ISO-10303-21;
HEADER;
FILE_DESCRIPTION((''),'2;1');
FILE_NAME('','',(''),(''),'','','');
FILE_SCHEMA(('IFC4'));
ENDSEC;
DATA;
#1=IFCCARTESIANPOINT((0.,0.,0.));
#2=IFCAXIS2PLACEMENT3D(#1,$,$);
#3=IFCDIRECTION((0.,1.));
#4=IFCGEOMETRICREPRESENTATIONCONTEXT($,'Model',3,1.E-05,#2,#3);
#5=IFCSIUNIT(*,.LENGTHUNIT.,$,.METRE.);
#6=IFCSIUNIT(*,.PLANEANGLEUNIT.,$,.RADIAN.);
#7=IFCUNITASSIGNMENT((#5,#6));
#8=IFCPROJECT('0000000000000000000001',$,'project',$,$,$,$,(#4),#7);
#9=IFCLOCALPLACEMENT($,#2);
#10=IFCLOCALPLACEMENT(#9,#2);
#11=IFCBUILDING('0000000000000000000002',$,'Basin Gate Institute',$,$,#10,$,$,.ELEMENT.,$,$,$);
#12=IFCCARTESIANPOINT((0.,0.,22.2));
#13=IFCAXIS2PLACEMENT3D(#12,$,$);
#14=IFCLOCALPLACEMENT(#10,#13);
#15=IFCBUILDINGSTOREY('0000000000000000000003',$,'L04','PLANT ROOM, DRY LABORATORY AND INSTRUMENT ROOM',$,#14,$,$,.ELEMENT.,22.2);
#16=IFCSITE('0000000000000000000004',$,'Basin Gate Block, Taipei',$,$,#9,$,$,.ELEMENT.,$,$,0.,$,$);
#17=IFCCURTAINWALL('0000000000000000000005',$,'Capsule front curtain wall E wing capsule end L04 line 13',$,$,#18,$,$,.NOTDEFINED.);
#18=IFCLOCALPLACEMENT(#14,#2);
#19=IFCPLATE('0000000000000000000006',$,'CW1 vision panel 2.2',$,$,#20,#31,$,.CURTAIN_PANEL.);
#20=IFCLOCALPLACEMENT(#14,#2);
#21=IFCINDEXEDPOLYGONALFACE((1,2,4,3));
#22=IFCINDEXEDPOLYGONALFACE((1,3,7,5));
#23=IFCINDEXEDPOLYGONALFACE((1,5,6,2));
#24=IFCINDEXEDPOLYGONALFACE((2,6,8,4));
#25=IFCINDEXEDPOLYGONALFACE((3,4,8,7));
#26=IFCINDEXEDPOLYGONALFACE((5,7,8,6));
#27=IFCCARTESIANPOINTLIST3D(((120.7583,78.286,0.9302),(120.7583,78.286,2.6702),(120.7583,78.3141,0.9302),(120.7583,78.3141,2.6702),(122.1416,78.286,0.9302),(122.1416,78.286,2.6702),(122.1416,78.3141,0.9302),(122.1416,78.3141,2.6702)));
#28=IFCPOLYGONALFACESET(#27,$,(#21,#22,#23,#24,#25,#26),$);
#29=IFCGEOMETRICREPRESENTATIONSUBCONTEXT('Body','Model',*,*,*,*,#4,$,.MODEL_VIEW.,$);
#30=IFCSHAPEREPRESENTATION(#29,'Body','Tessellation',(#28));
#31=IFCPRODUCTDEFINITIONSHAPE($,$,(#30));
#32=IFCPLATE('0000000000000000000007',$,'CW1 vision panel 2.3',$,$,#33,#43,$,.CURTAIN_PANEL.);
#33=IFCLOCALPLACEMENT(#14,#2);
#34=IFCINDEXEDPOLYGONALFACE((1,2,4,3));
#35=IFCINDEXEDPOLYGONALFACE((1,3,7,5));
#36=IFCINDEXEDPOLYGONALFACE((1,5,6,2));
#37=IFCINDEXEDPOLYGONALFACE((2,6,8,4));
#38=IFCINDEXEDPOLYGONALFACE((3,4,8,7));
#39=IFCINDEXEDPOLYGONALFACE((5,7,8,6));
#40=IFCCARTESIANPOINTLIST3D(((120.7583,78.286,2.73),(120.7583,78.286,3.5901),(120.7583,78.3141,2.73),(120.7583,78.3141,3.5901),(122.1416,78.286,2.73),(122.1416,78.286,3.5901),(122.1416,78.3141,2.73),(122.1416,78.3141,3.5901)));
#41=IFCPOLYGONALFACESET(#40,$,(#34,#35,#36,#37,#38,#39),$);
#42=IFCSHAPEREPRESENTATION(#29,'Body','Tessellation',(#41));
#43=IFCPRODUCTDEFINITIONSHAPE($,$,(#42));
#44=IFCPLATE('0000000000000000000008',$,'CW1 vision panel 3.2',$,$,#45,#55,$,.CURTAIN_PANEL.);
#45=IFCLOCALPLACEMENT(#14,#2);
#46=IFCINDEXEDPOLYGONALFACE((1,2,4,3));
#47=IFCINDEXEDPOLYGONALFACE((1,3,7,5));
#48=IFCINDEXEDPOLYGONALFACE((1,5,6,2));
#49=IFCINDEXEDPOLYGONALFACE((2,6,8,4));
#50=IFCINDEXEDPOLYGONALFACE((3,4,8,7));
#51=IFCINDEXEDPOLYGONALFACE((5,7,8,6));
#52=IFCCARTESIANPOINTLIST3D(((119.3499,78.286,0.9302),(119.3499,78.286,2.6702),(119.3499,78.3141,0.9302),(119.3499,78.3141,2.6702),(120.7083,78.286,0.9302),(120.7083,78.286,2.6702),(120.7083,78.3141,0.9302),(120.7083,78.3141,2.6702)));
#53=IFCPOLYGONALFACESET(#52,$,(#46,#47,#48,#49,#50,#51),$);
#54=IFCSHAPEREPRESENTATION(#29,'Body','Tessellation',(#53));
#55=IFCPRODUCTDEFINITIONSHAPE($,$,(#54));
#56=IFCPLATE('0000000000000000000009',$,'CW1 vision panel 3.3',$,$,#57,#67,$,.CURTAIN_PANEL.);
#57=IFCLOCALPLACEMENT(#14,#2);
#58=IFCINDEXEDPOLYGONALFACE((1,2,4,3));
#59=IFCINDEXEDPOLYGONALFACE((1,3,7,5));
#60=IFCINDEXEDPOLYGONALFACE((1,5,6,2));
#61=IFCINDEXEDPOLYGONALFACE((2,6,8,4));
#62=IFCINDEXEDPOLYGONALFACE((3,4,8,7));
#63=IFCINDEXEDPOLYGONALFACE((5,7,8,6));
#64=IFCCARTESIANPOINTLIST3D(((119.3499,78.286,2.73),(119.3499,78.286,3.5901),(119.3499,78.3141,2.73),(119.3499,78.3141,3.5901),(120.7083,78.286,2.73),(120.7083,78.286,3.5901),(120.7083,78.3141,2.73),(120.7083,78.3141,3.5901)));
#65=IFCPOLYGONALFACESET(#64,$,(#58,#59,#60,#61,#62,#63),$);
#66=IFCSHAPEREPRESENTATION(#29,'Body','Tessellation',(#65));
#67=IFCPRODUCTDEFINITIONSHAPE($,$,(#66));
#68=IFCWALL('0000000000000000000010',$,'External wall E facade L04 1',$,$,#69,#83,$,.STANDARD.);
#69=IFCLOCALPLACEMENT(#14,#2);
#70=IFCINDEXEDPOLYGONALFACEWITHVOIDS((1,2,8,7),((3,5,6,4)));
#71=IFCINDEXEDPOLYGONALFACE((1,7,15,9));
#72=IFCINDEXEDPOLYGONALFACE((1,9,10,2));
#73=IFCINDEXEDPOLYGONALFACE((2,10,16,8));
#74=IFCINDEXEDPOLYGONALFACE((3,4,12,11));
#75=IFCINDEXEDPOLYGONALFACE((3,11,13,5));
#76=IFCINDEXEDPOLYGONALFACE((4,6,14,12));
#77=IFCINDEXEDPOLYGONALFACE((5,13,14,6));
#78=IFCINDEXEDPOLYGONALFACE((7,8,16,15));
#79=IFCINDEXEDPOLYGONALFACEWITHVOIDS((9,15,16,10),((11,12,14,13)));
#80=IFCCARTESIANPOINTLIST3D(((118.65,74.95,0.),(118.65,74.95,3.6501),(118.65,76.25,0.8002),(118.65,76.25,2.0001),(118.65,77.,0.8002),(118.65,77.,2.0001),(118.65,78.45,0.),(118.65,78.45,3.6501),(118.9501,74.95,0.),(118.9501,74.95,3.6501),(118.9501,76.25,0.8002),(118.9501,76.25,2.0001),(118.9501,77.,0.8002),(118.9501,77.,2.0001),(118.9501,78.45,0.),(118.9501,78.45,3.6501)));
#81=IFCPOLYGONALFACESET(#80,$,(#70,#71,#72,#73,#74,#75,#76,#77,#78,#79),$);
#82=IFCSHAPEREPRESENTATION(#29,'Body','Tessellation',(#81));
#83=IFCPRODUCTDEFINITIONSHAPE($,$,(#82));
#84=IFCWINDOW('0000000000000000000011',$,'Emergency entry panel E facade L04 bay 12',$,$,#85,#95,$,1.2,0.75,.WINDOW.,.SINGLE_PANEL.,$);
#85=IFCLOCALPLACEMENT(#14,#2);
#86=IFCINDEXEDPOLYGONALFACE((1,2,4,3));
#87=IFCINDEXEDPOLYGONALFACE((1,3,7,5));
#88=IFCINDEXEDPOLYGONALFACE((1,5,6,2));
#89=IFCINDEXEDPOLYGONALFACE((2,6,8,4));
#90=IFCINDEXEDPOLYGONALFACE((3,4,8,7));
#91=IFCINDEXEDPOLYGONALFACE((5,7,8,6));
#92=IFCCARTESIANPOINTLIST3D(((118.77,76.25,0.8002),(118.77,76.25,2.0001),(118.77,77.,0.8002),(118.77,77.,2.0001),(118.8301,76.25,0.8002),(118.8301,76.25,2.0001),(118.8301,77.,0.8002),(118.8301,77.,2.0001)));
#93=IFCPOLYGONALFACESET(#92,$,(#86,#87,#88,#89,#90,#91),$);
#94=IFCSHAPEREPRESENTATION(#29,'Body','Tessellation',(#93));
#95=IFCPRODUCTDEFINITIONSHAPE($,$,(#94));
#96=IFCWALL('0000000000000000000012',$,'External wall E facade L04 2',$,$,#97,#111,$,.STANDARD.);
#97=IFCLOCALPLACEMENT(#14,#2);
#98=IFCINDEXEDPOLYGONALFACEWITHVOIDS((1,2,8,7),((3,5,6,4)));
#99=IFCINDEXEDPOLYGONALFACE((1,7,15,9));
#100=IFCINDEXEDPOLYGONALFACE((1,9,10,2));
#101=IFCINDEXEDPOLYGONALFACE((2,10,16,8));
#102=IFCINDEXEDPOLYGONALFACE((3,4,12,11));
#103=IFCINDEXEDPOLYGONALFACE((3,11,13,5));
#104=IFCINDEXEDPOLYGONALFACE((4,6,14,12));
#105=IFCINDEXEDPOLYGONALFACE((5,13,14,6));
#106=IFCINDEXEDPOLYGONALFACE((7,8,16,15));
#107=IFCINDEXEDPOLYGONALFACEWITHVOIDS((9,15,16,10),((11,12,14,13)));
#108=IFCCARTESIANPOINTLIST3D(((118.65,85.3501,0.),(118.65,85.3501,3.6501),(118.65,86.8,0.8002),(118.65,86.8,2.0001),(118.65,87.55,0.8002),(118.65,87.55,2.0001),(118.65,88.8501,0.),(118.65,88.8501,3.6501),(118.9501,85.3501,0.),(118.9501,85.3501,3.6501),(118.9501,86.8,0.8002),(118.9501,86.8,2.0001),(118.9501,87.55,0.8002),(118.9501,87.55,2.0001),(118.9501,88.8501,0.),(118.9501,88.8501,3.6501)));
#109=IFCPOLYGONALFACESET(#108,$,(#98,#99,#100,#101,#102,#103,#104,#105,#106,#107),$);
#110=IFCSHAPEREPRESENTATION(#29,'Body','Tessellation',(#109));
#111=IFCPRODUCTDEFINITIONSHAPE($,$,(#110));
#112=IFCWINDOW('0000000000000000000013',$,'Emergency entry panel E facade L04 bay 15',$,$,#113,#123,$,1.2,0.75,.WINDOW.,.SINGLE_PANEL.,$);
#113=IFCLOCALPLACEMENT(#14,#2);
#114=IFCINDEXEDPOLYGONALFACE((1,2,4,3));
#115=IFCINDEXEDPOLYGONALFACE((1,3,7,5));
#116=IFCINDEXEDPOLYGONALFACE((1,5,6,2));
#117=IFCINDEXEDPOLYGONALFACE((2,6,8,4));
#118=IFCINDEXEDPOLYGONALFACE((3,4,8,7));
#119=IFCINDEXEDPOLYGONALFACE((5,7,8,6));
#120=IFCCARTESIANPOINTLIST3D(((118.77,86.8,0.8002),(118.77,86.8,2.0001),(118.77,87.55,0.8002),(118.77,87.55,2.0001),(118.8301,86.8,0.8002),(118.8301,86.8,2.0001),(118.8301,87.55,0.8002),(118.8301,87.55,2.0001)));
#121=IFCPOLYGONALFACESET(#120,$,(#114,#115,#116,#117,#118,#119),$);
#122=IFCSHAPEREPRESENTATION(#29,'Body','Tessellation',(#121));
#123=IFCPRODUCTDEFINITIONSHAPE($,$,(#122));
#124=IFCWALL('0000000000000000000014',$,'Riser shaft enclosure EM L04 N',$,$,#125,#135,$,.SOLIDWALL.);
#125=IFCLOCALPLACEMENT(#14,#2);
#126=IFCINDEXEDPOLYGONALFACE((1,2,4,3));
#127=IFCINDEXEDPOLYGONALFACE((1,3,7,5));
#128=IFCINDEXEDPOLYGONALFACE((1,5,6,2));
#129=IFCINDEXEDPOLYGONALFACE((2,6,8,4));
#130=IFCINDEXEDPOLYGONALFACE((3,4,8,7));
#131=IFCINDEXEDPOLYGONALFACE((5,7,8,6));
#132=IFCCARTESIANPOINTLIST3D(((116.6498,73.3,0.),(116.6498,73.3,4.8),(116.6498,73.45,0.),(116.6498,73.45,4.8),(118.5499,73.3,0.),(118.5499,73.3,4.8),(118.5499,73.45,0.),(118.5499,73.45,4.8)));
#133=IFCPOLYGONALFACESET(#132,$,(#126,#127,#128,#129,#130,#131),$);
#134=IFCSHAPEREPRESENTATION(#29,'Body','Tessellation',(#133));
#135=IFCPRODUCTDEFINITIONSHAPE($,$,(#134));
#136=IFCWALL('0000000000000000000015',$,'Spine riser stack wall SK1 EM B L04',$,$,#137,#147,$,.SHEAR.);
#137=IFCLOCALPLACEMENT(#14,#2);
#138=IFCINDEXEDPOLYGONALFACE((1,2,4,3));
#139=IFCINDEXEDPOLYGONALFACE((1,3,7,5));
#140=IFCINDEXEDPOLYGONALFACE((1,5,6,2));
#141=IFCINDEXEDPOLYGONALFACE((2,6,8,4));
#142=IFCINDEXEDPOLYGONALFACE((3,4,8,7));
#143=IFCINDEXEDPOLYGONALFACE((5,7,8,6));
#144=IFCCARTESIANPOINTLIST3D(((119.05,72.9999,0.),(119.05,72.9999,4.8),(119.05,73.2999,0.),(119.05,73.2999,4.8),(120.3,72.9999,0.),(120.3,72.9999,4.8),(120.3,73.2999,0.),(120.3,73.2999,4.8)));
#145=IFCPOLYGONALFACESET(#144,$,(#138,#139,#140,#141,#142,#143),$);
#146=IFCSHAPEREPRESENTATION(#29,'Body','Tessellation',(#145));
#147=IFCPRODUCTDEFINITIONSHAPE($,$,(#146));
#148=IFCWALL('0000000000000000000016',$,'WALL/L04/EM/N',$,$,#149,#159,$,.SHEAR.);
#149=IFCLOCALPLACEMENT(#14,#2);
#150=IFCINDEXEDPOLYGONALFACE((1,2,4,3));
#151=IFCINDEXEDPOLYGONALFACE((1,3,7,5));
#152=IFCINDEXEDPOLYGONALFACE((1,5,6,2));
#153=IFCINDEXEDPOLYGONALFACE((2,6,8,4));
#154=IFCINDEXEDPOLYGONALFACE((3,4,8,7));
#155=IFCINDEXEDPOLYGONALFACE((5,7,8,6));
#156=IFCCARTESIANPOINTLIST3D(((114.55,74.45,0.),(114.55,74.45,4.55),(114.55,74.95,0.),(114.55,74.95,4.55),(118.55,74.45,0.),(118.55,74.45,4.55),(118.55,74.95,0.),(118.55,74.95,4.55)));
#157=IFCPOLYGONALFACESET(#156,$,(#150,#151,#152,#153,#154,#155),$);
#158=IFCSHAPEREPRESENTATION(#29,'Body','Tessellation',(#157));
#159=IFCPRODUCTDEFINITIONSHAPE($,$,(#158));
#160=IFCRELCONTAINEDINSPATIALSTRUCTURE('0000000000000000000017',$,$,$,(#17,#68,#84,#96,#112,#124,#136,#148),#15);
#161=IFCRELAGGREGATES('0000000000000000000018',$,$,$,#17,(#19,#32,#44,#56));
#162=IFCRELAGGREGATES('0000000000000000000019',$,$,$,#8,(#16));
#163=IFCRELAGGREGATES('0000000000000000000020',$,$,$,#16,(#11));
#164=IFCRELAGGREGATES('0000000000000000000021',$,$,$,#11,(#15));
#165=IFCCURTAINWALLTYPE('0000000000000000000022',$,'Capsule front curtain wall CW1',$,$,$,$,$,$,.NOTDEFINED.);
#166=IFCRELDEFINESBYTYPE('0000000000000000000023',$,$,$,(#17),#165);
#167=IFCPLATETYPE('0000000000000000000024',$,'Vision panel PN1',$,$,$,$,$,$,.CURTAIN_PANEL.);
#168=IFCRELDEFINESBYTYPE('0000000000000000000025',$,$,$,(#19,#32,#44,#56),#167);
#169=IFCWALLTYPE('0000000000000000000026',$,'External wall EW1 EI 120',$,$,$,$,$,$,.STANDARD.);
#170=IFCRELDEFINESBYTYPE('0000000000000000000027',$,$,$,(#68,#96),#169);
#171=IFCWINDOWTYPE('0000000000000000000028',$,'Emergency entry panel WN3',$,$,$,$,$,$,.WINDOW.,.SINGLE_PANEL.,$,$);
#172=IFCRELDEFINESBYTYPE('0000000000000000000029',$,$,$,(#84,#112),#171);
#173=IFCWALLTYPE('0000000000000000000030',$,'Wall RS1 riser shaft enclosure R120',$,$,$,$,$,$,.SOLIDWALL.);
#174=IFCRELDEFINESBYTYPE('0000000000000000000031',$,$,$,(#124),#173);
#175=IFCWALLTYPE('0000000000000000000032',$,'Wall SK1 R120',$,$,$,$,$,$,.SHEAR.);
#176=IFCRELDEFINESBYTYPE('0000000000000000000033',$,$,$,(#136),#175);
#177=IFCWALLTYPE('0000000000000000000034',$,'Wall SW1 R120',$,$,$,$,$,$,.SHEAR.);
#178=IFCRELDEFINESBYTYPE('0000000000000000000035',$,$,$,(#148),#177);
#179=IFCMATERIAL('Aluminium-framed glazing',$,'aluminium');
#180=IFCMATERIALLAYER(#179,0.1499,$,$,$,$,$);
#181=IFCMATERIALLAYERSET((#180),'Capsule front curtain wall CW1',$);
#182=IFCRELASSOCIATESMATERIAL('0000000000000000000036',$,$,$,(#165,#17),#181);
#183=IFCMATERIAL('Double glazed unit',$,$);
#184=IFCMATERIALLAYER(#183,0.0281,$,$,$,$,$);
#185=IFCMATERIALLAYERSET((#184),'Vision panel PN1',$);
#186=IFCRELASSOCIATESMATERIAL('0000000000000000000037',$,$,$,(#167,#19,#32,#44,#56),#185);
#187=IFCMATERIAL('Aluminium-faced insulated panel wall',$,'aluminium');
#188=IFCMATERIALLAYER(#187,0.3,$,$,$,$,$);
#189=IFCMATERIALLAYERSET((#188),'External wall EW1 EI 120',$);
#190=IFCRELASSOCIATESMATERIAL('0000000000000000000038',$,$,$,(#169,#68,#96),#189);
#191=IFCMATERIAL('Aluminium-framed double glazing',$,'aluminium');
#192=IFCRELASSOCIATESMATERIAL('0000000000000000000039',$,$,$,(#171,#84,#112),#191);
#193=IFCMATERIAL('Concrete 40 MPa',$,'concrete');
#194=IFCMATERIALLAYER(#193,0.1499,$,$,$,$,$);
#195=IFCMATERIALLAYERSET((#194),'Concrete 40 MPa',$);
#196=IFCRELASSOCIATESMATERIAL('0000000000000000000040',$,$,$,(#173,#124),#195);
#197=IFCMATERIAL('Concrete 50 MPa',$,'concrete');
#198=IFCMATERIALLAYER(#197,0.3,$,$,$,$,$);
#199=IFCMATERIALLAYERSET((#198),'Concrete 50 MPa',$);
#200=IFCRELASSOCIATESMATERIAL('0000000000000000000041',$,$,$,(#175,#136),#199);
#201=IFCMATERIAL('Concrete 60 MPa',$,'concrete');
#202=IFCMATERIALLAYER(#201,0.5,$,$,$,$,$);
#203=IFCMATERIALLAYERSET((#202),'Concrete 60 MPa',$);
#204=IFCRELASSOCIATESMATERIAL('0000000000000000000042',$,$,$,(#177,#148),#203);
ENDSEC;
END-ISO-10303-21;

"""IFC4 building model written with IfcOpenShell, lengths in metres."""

from ifc_helpers import new_model, si_unit, direction, frame, frame_2d, origin, origin_2d, place, context, subcontext, project, spatial, rectangle, extrude, material, layer, layer_set, type_object, element, fill, aggregate, save


model = new_model("IFC4")

# Units and contexts
model_context = context("Model", 3, precision=1e-05, world=origin(), true_north=direction((0.0, 1.0)))
body_context = subcontext(model_context, "Body", "Model", "MODEL_VIEW")
ifc_project = project(units=[si_unit("LENGTHUNIT", "METRE"), si_unit("PLANEANGLEUNIT", "RADIAN")], contexts=[model_context])

# Site, building, storey
site_placement = place(None, origin())
site = spatial("IfcSite", under=ifc_project, at=site_placement, Name="Basin Gate Block, Taipei", CompositionType="ELEMENT", RefElevation=0.0)
building_placement = place(site_placement, origin())
building = spatial("IfcBuilding", under=site, at=building_placement, Name="Basin Gate Institute", CompositionType="ELEMENT")
storey_placement = place(building_placement, frame((0.0, 0.0, 22.2)))
storey = spatial("IfcBuildingStorey", under=building, at=storey_placement, Name="L04", Description="PLANT ROOM, DRY LABORATORY AND INSTRUMENT ROOM", CompositionType="ELEMENT", Elevation=22.2)

# Curtain wall, plates
ifc_material_1 = material(Name="Aluminium-framed glazing", Category="aluminium")
ifc_layer_1 = layer(ifc_material_1, 0.1499)
ifc_layer_set_1 = layer_set([ifc_layer_1], Name="Capsule front curtain wall CW1")
curtain_wall_type = type_object("IfcCurtainWallType", Name="Capsule front curtain wall CW1", PredefinedType="NOTDEFINED", material=ifc_layer_set_1)
curtain_wall_placement = place(storey_placement, origin())
curtain_wall = element("IfcCurtainWall", 1, at=curtain_wall_placement, inside=storey, type_object=curtain_wall_type, material=ifc_layer_set_1, Name="Capsule front curtain wall E wing capsule end L04 line 13", PredefinedType="NOTDEFINED")
ifc_material_2 = material(Name="Double glazed unit")
ifc_layer_2 = layer(ifc_material_2, 0.0281)
ifc_layer_set_2 = layer_set([ifc_layer_2], Name="Vision panel PN1")
plate_type_1 = type_object("IfcPlateType", Name="Vision panel PN1", PredefinedType="CURTAIN_PANEL", material=ifc_layer_set_2)
plate_1_placement = place(storey_placement, frame((121.45, 78.3, 0.9302), z_axis=(0.0, 0.0, 1.0), x_axis=(-1.0, 0.0, 0.0)))
plate_1 = element("IfcPlate", 2, at=plate_1_placement, type_object=plate_type_1, material=ifc_layer_set_2, Name="CW1 vision panel 2.2", PredefinedType="CURTAIN_PANEL", context=body_context, shape_type="SweptSolid", body=[
    extrude(rectangle(XDim=1.3833, YDim=0.0281, at=origin_2d()), origin(), (0.0, 0.0, 1.0), 1.74),
])
plate_2_placement = place(storey_placement, frame((121.45, 78.3, 2.73), z_axis=(0.0, 0.0, 1.0), x_axis=(-1.0, 0.0, 0.0)))
plate_2 = element("IfcPlate", 3, at=plate_2_placement, type_object=plate_type_1, material=ifc_layer_set_2, Name="CW1 vision panel 2.3", PredefinedType="CURTAIN_PANEL", context=body_context, shape_type="SweptSolid", body=[
    extrude(rectangle(XDim=1.3833, YDim=0.0281, at=origin_2d()), origin(), (0.0, 0.0, 1.0), 0.8601),
])
plate_3_placement = place(storey_placement, frame((120.0291, 78.3, 0.9302), z_axis=(0.0, 0.0, 1.0), x_axis=(-1.0, 0.0, 0.0)))
plate_3 = element("IfcPlate", 4, at=plate_3_placement, type_object=plate_type_1, material=ifc_layer_set_2, Name="CW1 vision panel 3.2", PredefinedType="CURTAIN_PANEL", context=body_context, shape_type="SweptSolid", body=[
    extrude(rectangle(XDim=1.3584, YDim=0.0281, at=origin_2d()), origin(), (0.0, 0.0, 1.0), 1.74),
])
plate_4_placement = place(storey_placement, frame((120.0291, 78.3, 2.73), z_axis=(0.0, 0.0, 1.0), x_axis=(-1.0, 0.0, 0.0)))
plate_4 = element("IfcPlate", 5, at=plate_4_placement, type_object=plate_type_1, material=ifc_layer_set_2, Name="CW1 vision panel 3.3", PredefinedType="CURTAIN_PANEL", context=body_context, shape_type="SweptSolid", body=[
    extrude(rectangle(XDim=1.3584, YDim=0.0281, at=origin_2d()), origin(), (0.0, 0.0, 1.0), 0.8601),
])
aggregate(curtain_wall, [plate_1, plate_2, plate_3, plate_4])

# Walls, openings, windows
ifc_material_3 = material(Name="Aluminium-faced insulated panel wall", Category="aluminium")
ifc_layer_3 = layer(ifc_material_3, 0.3)
ifc_layer_set_3 = layer_set([ifc_layer_3], Name="External wall EW1 EI 120")
wall_type_1 = type_object("IfcWallType", Name="External wall EW1 EI 120", PredefinedType="STANDARD", material=ifc_layer_set_3)
wall_1_placement = place(storey_placement, frame((118.8, 74.95, 0.0), z_axis=(0.0, 0.0, 1.0), x_axis=(0.0, 1.0, 0.0)))
wall_1 = element("IfcWall", 6, at=wall_1_placement, inside=storey, type_object=wall_type_1, material=ifc_layer_set_3, Name="External wall E facade L04 1", PredefinedType="STANDARD", context=body_context, shape_type="SweptSolid", body=[
    extrude(rectangle(XDim=3.5, YDim=0.3, at=frame_2d((1.75, 0.0))), origin(), (0.0, 0.0, 1.0), 3.6501),
])
opening_1_placement = place(wall_1_placement, frame((1.3, 0.0, 0.8)))
opening_1 = element("IfcOpeningElement", 7, at=opening_1_placement, cuts=wall_1, PredefinedType="OPENING", context=body_context, shape_type="SweptSolid", body=[
    extrude(rectangle(XDim=0.75, YDim=1.2, at=frame_2d((0.375, 0.6001))), frame((0.0, 0.1602, 0.0), z_axis=(0.0, -1.0, 0.0), x_axis=(1.0, 0.0, 0.0)), (0.0, 0.0, 1.0), 0.3201),
])
ifc_material_4 = material(Name="Aluminium-framed double glazing", Category="aluminium")
window_type = type_object("IfcWindowType", Name="Emergency entry panel WN3", PartitioningType="SINGLE_PANEL", PredefinedType="WINDOW", material=ifc_material_4)
window_1_placement = place(opening_1_placement, origin())
window_1 = element("IfcWindow", 8, at=window_1_placement, inside=storey, type_object=window_type, material=ifc_material_4, Name="Emergency entry panel E facade L04 bay 12", OverallHeight=1.2, OverallWidth=0.75, PartitioningType="SINGLE_PANEL", PredefinedType="WINDOW", context=body_context, shape_type="SweptSolid", body=[
    extrude(rectangle(XDim=0.75, YDim=1.2, at=frame_2d((0.375, 0.6001))), frame((0.0, 0.03, 0.0), z_axis=(0.0, -1.0, 0.0), x_axis=(1.0, 0.0, 0.0)), (0.0, 0.0, 1.0), 0.0601),
])
fill(opening_1, window_1)
wall_2_placement = place(storey_placement, frame((118.8, 85.3501, 0.0), z_axis=(0.0, 0.0, 1.0), x_axis=(0.0, 1.0, 0.0)))
wall_2 = element("IfcWall", 9, at=wall_2_placement, inside=storey, type_object=wall_type_1, material=ifc_layer_set_3, Name="External wall E facade L04 2", PredefinedType="STANDARD", context=body_context, shape_type="SweptSolid", body=[
    extrude(rectangle(XDim=3.5, YDim=0.3, at=frame_2d((1.75, 0.0))), origin(), (0.0, 0.0, 1.0), 3.6501),
])
opening_2_placement = place(wall_2_placement, frame((1.45, 0.0, 0.8)))
opening_2 = element("IfcOpeningElement", 10, at=opening_2_placement, cuts=wall_2, PredefinedType="OPENING", context=body_context, shape_type="SweptSolid", body=[
    extrude(rectangle(XDim=0.75, YDim=1.2, at=frame_2d((0.375, 0.6001))), frame((0.0, 0.1602, 0.0), z_axis=(0.0, -1.0, 0.0), x_axis=(1.0, 0.0, 0.0)), (0.0, 0.0, 1.0), 0.3201),
])
window_2_placement = place(opening_2_placement, origin())
window_2 = element("IfcWindow", 11, at=window_2_placement, inside=storey, type_object=window_type, material=ifc_material_4, Name="Emergency entry panel E facade L04 bay 15", OverallHeight=1.2, OverallWidth=0.75, PartitioningType="SINGLE_PANEL", PredefinedType="WINDOW", context=body_context, shape_type="SweptSolid", body=[
    extrude(rectangle(XDim=0.75, YDim=1.2, at=frame_2d((0.375, 0.6001))), frame((0.0, 0.03, 0.0), z_axis=(0.0, -1.0, 0.0), x_axis=(1.0, 0.0, 0.0)), (0.0, 0.0, 1.0), 0.0601),
])
fill(opening_2, window_2)

# Walls
ifc_material_5 = material(Name="Concrete 40 MPa", Category="concrete")
ifc_layer_4 = layer(ifc_material_5, 0.1499)
ifc_layer_set_4 = layer_set([ifc_layer_4], Name="Concrete 40 MPa")
wall_type_2 = type_object("IfcWallType", Name="Wall RS1 riser shaft enclosure R120", PredefinedType="SOLIDWALL", material=ifc_layer_set_4)
wall_3_placement = place(storey_placement, frame((118.55, 73.375, 0.0), z_axis=(0.0, 0.0, 1.0), x_axis=(-1.0, 0.0, 0.0)))
element("IfcWall", 12, at=wall_3_placement, inside=storey, type_object=wall_type_2, material=ifc_layer_set_4, Name="Riser shaft enclosure EM L04 N", PredefinedType="SOLIDWALL", context=body_context, shape_type="SweptSolid", body=[
    extrude(rectangle(XDim=1.9001, YDim=0.1499, at=frame_2d((0.9502, 0.0))), origin(), (0.0, 0.0, 1.0), 4.8),
])
ifc_material_6 = material(Name="Concrete 50 MPa", Category="concrete")
ifc_layer_5 = layer(ifc_material_6, 0.3)
ifc_layer_set_5 = layer_set([ifc_layer_5], Name="Concrete 50 MPa")
wall_type_3 = type_object("IfcWallType", Name="Wall SK1 R120", PredefinedType="SHEAR", material=ifc_layer_set_5)
wall_4_placement = place(storey_placement, frame((119.05, 73.1499, 0.0), z_axis=(0.0, 0.0, 1.0), x_axis=(1.0, 0.0, 0.0)))
element("IfcWall", 13, at=wall_4_placement, inside=storey, type_object=wall_type_3, material=ifc_layer_set_5, Name="Spine riser stack wall SK1 EM B L04", PredefinedType="SHEAR", context=body_context, shape_type="SweptSolid", body=[
    extrude(rectangle(XDim=1.25, YDim=0.3, at=frame_2d((0.625, 0.0))), origin(), (0.0, 0.0, 1.0), 4.8),
])
ifc_material_7 = material(Name="Concrete 60 MPa", Category="concrete")
ifc_layer_6 = layer(ifc_material_7, 0.5)
ifc_layer_set_6 = layer_set([ifc_layer_6], Name="Concrete 60 MPa")
wall_type_4 = type_object("IfcWallType", Name="Wall SW1 R120", PredefinedType="SHEAR", material=ifc_layer_set_6)
wall_5_placement = place(storey_placement, frame((118.55, 74.7, 0.0), z_axis=(0.0, 0.0, 1.0), x_axis=(-1.0, 0.0, 0.0)))
element("IfcWall", 14, at=wall_5_placement, inside=storey, type_object=wall_type_4, material=ifc_layer_set_6, Name="WALL/L04/EM/N", PredefinedType="SHEAR", context=body_context, shape_type="SweptSolid", body=[
    extrude(rectangle(XDim=4.0, YDim=0.5, at=frame_2d((2.0, 0.0))), origin(), (0.0, 0.0, 1.0), 4.55),
])

save(model, "model.ifc")
